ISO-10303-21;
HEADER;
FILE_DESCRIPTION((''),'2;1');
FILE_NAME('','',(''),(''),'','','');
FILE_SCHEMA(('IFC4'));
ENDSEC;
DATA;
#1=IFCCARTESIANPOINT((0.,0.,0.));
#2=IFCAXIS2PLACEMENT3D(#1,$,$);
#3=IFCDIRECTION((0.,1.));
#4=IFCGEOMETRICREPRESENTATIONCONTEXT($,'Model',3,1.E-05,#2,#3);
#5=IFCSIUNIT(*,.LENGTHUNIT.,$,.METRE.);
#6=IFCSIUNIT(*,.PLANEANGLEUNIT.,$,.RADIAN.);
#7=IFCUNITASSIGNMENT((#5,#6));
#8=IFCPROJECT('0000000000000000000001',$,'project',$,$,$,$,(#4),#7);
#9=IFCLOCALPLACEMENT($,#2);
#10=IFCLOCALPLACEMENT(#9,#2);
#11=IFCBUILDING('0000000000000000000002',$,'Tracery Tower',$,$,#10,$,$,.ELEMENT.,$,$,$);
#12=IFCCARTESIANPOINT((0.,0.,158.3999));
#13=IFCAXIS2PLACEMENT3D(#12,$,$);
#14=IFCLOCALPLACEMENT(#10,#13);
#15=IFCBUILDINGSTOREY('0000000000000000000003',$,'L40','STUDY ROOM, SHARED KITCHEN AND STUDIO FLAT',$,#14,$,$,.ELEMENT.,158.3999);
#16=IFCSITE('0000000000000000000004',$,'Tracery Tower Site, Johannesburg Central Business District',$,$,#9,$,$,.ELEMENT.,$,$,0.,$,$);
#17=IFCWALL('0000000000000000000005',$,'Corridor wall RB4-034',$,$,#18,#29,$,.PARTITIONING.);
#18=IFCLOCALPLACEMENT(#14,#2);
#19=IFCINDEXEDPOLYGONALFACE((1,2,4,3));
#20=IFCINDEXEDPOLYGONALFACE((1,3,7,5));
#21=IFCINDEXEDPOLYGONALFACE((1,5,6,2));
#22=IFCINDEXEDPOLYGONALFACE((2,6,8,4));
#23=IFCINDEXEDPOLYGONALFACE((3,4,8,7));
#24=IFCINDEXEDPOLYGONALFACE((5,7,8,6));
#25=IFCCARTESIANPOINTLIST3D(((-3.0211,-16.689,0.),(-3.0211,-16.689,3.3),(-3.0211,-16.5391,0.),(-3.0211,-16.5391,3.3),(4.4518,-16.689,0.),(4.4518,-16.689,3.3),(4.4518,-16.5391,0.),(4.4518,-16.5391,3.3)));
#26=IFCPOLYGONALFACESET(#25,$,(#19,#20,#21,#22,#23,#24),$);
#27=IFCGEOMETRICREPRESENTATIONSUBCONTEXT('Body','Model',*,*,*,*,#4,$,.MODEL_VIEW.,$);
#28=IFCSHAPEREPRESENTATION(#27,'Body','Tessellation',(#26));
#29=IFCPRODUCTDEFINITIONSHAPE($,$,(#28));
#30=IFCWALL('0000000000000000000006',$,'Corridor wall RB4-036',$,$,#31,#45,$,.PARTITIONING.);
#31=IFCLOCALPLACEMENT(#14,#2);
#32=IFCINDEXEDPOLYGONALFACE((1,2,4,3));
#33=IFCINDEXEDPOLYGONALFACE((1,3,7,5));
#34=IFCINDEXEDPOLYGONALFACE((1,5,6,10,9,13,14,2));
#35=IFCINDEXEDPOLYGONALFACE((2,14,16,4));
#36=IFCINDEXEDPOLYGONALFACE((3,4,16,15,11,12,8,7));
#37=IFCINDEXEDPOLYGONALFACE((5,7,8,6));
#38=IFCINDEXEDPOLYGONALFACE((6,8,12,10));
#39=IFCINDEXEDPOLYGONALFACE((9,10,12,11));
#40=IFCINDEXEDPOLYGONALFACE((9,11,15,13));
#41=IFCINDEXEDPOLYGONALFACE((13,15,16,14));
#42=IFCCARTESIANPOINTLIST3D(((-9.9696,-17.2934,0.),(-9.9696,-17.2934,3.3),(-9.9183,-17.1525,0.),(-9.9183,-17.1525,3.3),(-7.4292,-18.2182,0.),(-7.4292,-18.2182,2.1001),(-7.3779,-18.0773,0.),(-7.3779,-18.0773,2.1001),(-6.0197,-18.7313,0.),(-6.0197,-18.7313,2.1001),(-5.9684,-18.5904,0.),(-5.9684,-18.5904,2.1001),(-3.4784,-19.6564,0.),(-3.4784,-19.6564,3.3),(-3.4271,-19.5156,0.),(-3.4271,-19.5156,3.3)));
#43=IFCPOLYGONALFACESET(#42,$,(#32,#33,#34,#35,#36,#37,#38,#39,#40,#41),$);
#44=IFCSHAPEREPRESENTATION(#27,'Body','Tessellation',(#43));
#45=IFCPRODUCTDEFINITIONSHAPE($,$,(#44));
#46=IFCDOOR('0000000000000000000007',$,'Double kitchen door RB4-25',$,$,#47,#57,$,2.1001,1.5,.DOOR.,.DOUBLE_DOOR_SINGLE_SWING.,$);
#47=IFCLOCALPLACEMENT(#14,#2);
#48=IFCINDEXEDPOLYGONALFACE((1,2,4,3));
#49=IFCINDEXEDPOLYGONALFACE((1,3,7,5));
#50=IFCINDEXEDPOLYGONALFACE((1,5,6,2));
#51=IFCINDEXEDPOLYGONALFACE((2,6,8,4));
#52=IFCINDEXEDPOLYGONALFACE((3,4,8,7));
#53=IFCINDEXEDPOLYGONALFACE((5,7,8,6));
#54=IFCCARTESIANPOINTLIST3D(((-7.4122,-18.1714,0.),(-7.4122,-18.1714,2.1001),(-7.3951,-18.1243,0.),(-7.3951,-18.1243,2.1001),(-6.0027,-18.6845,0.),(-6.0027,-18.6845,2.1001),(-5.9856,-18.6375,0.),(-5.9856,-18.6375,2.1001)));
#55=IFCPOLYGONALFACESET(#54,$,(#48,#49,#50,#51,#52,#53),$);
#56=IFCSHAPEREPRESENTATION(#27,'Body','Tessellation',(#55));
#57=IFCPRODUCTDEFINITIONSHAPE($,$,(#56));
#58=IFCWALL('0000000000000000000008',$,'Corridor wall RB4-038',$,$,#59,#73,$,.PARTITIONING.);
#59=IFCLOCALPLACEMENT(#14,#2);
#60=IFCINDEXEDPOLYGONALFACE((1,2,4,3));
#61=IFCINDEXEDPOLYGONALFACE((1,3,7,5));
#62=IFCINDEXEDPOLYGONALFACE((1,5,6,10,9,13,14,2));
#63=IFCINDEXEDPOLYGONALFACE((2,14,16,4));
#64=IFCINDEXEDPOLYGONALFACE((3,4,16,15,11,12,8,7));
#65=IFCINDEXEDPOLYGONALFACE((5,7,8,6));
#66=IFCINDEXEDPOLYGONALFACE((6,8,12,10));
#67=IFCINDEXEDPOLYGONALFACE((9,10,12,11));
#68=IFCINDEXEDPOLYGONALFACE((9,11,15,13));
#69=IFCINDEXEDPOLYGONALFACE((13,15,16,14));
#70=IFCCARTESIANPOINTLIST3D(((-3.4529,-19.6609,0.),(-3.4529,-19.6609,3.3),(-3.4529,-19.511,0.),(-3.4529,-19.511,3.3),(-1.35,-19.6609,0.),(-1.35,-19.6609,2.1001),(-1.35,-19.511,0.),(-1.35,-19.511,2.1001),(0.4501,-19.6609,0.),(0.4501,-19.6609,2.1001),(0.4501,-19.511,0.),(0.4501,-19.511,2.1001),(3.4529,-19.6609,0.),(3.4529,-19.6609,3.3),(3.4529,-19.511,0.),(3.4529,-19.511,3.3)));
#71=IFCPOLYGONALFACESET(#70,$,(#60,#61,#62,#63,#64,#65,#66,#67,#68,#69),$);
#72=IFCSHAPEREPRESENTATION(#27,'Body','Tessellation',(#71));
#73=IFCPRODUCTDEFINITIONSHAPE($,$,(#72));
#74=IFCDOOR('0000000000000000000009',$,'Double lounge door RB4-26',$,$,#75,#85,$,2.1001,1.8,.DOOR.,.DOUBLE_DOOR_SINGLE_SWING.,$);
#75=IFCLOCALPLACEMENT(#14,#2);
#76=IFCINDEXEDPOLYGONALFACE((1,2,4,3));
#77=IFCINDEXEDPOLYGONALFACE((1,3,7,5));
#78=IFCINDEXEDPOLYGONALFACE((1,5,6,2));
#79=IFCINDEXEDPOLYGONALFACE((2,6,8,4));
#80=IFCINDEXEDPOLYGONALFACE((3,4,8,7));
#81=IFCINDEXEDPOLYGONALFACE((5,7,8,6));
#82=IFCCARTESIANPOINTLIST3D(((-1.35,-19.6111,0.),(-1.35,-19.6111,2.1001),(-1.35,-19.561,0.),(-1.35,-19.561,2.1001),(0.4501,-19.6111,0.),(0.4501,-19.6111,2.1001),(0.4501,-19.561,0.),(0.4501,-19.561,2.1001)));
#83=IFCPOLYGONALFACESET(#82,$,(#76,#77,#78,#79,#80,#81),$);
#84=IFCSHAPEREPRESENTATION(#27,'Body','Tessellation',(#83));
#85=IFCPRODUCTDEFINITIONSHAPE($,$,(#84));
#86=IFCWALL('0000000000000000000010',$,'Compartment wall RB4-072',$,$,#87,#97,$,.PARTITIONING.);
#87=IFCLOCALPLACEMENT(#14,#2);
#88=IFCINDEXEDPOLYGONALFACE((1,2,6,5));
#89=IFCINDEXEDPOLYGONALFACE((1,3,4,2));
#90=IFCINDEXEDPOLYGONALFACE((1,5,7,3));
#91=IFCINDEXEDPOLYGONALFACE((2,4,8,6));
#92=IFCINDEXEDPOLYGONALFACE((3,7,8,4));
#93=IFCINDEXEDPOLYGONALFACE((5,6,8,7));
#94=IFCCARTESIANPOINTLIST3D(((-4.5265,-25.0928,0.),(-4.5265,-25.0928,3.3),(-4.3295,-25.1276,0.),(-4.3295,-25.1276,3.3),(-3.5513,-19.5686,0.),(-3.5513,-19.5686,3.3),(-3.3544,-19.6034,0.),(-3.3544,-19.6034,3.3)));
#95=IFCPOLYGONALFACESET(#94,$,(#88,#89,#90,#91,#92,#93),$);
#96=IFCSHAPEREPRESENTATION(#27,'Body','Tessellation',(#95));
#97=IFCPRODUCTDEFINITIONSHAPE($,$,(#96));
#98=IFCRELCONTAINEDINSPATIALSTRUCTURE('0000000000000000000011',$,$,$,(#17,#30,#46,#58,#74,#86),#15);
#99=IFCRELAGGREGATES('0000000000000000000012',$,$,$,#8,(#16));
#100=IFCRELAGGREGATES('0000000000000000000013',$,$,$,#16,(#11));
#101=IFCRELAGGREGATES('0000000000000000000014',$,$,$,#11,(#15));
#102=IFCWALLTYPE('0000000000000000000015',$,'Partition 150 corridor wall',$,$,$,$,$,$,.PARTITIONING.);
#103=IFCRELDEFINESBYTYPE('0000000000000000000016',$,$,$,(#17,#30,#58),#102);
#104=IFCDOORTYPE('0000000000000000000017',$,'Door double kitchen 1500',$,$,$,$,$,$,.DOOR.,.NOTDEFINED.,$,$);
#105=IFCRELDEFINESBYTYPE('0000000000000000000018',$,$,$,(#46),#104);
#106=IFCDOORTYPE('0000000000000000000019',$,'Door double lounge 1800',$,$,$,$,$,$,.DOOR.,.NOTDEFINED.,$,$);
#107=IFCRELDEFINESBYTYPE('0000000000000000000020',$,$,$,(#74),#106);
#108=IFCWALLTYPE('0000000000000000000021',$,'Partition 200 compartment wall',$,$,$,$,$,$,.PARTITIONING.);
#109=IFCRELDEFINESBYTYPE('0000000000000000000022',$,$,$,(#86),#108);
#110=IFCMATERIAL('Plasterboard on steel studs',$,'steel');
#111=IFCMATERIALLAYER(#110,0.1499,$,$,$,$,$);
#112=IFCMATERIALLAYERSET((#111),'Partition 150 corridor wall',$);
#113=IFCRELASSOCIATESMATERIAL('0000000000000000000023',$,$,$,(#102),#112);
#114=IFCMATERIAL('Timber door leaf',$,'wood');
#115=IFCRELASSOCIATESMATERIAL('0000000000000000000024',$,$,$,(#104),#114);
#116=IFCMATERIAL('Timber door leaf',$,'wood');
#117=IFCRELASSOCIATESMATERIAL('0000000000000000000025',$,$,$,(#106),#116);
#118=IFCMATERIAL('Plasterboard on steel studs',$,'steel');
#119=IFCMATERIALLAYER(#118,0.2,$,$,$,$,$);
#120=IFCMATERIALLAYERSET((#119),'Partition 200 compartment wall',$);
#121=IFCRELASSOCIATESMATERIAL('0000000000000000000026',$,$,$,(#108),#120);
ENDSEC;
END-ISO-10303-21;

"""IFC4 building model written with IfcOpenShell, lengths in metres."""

from ifc_helpers import new_model, si_unit, direction, frame, frame_2d, origin, place, context, subcontext, project, spatial, rectangle, extrude, material, layer, layer_set, type_object, element, fill, save


model = new_model("IFC4")

# Units and contexts
model_context = context("Model", 3, precision=1e-05, world=origin(), true_north=direction((0.0, 1.0)))
body_context = subcontext(model_context, "Body", "Model", "MODEL_VIEW")
ifc_project = project(units=[si_unit("LENGTHUNIT", "METRE"), si_unit("PLANEANGLEUNIT", "RADIAN")], contexts=[model_context])

# Site, building, storey
site_placement = place(None, origin())
site = spatial("IfcSite", under=ifc_project, at=site_placement, Name="Tracery Tower Site, Johannesburg Central Business District", CompositionType="ELEMENT", RefElevation=0.0)
building_placement = place(site_placement, origin())
building = spatial("IfcBuilding", under=site, at=building_placement, Name="Tracery Tower", CompositionType="ELEMENT")
storey_placement = place(building_placement, frame((0.0, 0.0, 158.3999)))
storey = spatial("IfcBuildingStorey", under=building, at=storey_placement, Name="L40", Description="STUDY ROOM, SHARED KITCHEN AND STUDIO FLAT", CompositionType="ELEMENT", Elevation=158.3999)

# Shared definitions
ifc_material_1 = material(Name="Plasterboard on steel studs", Category="steel")
ifc_layer_1 = layer(ifc_material_1, 0.1499)
ifc_layer_set_1 = layer_set([ifc_layer_1], Name="Partition 150 corridor wall")
wall_type_1 = type_object("IfcWallType", Name="Partition 150 corridor wall", PredefinedType="PARTITIONING", material=ifc_layer_set_1)

# Wall
wall_1_placement = place(storey_placement, frame((-3.021, -16.614, 0.0), z_axis=(0.0, 0.0, 1.0), x_axis=(1.0, 0.0, 0.0)))
element("IfcWall", 1, at=wall_1_placement, inside=storey, type_object=wall_type_1, Name="Corridor wall RB4-034", PredefinedType="PARTITIONING", context=body_context, shape_type="SweptSolid", body=[
    extrude(rectangle(XDim=7.4729, YDim=0.1499, at=frame_2d((3.7363, 0.0))), origin(), (0.0, 0.0, 1.0), 3.3),
])

# Walls, openings, doors
wall_2_placement = place(storey_placement, frame((-9.9441, -17.2229, 0.0), z_axis=(0.0, 0.0, 1.0), x_axis=(0.939673, -0.342075, 0.0)))
wall_2 = element("IfcWall", 2, at=wall_2_placement, inside=storey, type_object=wall_type_1, Name="Corridor wall RB4-036", PredefinedType="PARTITIONING", context=body_context, shape_type="SweptSolid", body=[
    extrude(rectangle(XDim=6.908, YDim=0.1499, at=frame_2d((3.4541, 0.0))), origin(), (0.0, 0.0, 1.0), 3.3),
])
opening_1_placement = place(wall_2_placement, frame((2.7036, 0.0, 0.0)))
opening_1 = element("IfcOpeningElement", 3, at=opening_1_placement, cuts=wall_2, PredefinedType="OPENING", context=body_context, shape_type="SweptSolid", body=[
    extrude(rectangle(XDim=1.5, YDim=2.1001, at=frame_2d((0.75, 1.05))), frame((0.0, 0.075, 0.0), z_axis=(0.0, -1.0, 0.0), x_axis=(1.0, 0.0, 0.0)), (0.0, 0.0, 1.0), 0.1499),
])
ifc_material_2 = material(Name="Timber door leaf", Category="wood")
door_type_1 = type_object("IfcDoorType", Name="Door double kitchen 1500", OperationType="NOTDEFINED", PredefinedType="DOOR", material=ifc_material_2)
door_1_placement = place(opening_1_placement, origin())
door_1 = element("IfcDoor", 4, at=door_1_placement, inside=storey, type_object=door_type_1, Name="Double kitchen door RB4-25", OperationType="DOUBLE_DOOR_SINGLE_SWING", OverallHeight=2.1001, OverallWidth=1.5, PredefinedType="DOOR", context=body_context, shape_type="SweptSolid", body=[
    extrude(rectangle(XDim=1.5, YDim=2.1001, at=frame_2d((0.75, 1.05))), frame((0.0, 0.0249, 0.0), z_axis=(0.0, -1.0, 0.0), x_axis=(1.0, 0.0, 0.0)), (0.0, 0.0, 1.0), 0.05),
])
fill(opening_1, door_1)
wall_3_placement = place(storey_placement, frame((-3.4529, -19.5859, 0.0), z_axis=(0.0, 0.0, 1.0), x_axis=(1.0, 0.0, 0.0)))
wall_3 = element("IfcWall", 5, at=wall_3_placement, inside=storey, type_object=wall_type_1, Name="Corridor wall RB4-038", PredefinedType="PARTITIONING", context=body_context, shape_type="SweptSolid", body=[
    extrude(rectangle(XDim=6.9058, YDim=0.1499, at=frame_2d((3.4529, 0.0))), origin(), (0.0, 0.0, 1.0), 3.3),
])
opening_2_placement = place(wall_3_placement, frame((2.103, 0.0, 0.0)))
opening_2 = element("IfcOpeningElement", 6, at=opening_2_placement, cuts=wall_3, PredefinedType="OPENING", context=body_context, shape_type="SweptSolid", body=[
    extrude(rectangle(XDim=1.8, YDim=2.1001, at=frame_2d((0.8999, 1.05))), frame((0.0, 0.075, 0.0), z_axis=(0.0, -1.0, 0.0), x_axis=(1.0, 0.0, 0.0)), (0.0, 0.0, 1.0), 0.1499),
])
ifc_material_3 = material(Name="Timber door leaf", Category="wood")
door_type_2 = type_object("IfcDoorType", Name="Door double lounge 1800", OperationType="NOTDEFINED", PredefinedType="DOOR", material=ifc_material_3)
door_2_placement = place(opening_2_placement, origin())
door_2 = element("IfcDoor", 7, at=door_2_placement, inside=storey, type_object=door_type_2, Name="Double lounge door RB4-26", OperationType="DOUBLE_DOOR_SINGLE_SWING", OverallHeight=2.1001, OverallWidth=1.8, PredefinedType="DOOR", context=body_context, shape_type="SweptSolid", body=[
    extrude(rectangle(XDim=1.8, YDim=2.1001, at=frame_2d((0.8999, 1.05))), frame((0.0, 0.0249, 0.0), z_axis=(0.0, -1.0, 0.0), x_axis=(1.0, 0.0, 0.0)), (0.0, 0.0, 1.0), 0.05),
])
fill(opening_2, door_2)

# Wall
ifc_material_4 = material(Name="Plasterboard on steel studs", Category="steel")
ifc_layer_2 = layer(ifc_material_4, 0.2)
ifc_layer_set_2 = layer_set([ifc_layer_2], Name="Partition 200 compartment wall")
wall_type_2 = type_object("IfcWallType", Name="Partition 200 compartment wall", PredefinedType="PARTITIONING", material=ifc_layer_set_2)
wall_4_placement = place(storey_placement, frame((-4.428, -25.1101, 0.0), z_axis=(0.0, 0.0, 1.0), x_axis=(0.173828, 0.984776, 0.0)))
element("IfcWall", 8, at=wall_4_placement, inside=storey, type_object=wall_type_2, Name="Compartment wall RB4-072", PredefinedType="PARTITIONING", context=body_context, shape_type="SweptSolid", body=[
    extrude(rectangle(XDim=5.6096, YDim=0.2, at=frame_2d((2.8047, 0.0))), origin(), (0.0, 0.0, 1.0), 3.3),
])

save(model, "model.ifc")
